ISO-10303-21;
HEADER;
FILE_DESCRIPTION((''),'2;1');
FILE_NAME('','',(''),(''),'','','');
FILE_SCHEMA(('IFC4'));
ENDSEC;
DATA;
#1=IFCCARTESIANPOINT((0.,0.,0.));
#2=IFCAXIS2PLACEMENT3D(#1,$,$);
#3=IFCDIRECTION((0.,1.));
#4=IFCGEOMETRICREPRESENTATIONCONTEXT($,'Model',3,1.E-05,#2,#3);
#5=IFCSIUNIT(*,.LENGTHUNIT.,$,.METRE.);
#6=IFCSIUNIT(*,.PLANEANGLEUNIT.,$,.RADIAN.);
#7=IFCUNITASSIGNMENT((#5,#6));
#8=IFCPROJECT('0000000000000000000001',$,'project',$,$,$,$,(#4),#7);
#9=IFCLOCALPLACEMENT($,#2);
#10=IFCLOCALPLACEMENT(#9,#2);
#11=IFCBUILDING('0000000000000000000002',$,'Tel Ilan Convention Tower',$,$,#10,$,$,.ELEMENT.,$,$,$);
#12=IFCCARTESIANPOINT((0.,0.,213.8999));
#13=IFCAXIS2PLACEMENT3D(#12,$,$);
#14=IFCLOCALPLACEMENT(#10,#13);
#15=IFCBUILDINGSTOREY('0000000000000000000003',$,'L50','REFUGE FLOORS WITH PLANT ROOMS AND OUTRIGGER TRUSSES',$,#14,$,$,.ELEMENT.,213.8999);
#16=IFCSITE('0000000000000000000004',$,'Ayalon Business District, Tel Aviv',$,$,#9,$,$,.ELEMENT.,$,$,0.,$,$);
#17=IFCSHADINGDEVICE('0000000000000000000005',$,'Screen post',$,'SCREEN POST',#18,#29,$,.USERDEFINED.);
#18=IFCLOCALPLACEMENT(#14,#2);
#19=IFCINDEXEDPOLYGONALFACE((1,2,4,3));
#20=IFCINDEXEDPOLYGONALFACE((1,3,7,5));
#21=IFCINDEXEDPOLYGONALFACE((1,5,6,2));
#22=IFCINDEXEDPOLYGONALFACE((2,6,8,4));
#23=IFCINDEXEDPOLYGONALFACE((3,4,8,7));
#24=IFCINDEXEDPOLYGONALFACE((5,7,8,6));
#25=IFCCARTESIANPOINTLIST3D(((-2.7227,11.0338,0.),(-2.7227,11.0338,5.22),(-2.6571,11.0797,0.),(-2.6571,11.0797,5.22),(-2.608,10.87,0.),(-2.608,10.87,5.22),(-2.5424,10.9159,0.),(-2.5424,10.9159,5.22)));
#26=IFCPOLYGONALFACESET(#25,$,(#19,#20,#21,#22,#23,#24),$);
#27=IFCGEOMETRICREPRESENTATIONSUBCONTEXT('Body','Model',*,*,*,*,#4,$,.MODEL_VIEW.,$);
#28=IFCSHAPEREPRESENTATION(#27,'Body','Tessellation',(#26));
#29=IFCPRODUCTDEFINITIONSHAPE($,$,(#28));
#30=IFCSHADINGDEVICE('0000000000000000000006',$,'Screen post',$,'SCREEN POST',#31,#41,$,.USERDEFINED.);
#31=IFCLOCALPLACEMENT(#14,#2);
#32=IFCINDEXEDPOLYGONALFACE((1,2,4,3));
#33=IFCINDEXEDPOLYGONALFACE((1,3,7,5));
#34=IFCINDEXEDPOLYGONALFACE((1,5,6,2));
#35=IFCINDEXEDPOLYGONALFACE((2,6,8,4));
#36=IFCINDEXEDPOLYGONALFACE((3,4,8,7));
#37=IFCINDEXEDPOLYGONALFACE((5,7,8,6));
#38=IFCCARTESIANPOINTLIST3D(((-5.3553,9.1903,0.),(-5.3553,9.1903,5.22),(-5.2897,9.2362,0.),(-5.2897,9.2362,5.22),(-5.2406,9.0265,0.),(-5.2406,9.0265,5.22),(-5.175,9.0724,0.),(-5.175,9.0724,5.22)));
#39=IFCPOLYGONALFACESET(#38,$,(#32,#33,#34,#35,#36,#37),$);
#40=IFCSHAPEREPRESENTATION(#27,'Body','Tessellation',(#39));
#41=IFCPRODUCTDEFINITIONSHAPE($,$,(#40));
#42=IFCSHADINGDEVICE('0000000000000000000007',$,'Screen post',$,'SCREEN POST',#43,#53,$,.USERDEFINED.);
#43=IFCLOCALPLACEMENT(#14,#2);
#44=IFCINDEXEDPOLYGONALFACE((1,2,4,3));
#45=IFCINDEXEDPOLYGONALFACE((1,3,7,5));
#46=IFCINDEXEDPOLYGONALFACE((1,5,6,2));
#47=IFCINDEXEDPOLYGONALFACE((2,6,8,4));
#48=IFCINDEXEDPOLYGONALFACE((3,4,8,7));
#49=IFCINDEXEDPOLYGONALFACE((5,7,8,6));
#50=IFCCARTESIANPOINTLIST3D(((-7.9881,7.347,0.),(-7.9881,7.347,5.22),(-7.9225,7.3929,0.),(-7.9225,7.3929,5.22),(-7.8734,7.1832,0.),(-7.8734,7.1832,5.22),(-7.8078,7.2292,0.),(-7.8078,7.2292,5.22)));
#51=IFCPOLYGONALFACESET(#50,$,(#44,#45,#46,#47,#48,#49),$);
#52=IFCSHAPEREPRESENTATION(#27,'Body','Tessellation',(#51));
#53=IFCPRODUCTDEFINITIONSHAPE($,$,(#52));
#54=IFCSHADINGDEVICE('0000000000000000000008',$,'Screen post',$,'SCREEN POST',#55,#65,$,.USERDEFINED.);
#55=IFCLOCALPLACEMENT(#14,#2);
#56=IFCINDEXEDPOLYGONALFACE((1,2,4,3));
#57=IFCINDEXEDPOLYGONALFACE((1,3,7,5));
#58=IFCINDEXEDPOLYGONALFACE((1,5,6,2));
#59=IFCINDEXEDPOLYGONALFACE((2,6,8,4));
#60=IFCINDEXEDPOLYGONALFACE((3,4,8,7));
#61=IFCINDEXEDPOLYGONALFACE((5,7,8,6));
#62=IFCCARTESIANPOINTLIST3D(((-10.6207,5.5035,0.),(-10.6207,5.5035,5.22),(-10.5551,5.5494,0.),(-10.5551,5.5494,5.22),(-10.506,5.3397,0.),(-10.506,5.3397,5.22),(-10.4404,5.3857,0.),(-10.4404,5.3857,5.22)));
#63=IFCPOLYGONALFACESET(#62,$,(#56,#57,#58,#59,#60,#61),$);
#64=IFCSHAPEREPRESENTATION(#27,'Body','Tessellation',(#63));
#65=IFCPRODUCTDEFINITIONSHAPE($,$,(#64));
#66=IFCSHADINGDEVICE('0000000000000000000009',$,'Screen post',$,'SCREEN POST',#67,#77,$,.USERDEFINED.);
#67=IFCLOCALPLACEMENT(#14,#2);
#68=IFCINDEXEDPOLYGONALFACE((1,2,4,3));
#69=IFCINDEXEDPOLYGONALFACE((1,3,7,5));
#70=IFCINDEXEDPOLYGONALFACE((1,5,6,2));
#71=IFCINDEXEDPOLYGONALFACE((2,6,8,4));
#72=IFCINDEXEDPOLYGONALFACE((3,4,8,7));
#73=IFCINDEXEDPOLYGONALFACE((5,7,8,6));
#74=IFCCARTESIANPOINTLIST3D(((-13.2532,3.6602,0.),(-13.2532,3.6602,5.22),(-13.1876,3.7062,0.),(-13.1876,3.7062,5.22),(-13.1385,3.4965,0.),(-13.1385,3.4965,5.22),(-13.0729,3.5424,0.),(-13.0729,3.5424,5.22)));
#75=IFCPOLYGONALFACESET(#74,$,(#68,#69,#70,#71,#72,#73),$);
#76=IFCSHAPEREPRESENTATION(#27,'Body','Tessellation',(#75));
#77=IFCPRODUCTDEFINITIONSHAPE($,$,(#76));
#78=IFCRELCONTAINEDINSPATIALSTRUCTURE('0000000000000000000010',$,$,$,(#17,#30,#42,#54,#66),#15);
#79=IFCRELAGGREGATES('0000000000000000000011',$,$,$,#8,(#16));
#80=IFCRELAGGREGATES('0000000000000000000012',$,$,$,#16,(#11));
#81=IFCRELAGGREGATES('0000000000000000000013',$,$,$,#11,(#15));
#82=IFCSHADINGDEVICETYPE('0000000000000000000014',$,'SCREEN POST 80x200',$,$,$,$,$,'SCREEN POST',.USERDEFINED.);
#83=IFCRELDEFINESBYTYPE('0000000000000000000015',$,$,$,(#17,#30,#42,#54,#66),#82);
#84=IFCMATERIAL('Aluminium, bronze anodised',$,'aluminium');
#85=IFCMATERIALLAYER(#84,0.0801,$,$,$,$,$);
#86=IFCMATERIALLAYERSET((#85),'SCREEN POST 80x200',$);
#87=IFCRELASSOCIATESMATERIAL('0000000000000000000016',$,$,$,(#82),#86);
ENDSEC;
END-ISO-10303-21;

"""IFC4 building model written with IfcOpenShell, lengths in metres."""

from ifc_helpers import new_model, si_unit, direction, frame, origin, origin_2d, place, context, subcontext, project, spatial, rectangle, extrude, material, layer, layer_set, type_object, element, save


model = new_model("IFC4")

# Units and contexts
model_context = context("Model", 3, precision=1e-05, world=origin(), true_north=direction((0.0, 1.0)))
body_context = subcontext(model_context, "Body", "Model", "MODEL_VIEW")
ifc_project = project(units=[si_unit("LENGTHUNIT", "METRE"), si_unit("PLANEANGLEUNIT", "RADIAN")], contexts=[model_context])

# Site, building, storey
site_placement = place(None, origin())
site = spatial("IfcSite", under=ifc_project, at=site_placement, Name="Ayalon Business District, Tel Aviv", CompositionType="ELEMENT", RefElevation=0.0)
building_placement = place(site_placement, origin())
building = spatial("IfcBuilding", under=site, at=building_placement, Name="Tel Ilan Convention Tower", CompositionType="ELEMENT")
storey_placement = place(building_placement, frame((0.0, 0.0, 213.8999)))
storey = spatial("IfcBuildingStorey", under=building, at=storey_placement, Name="L50", Description="REFUGE FLOORS WITH PLANT ROOMS AND OUTRIGGER TRUSSES", CompositionType="ELEMENT", Elevation=213.8999)

# Shading devices
ifc_material_1 = material(Name="Aluminium, bronze anodised", Category="aluminium")
ifc_layer_1 = layer(ifc_material_1, 0.0801)
ifc_layer_set_1 = layer_set([ifc_layer_1], Name="SCREEN POST 80x200")
shading_device_type_1 = type_object("IfcShadingDeviceType", Name="SCREEN POST 80x200", ElementType="SCREEN POST", PredefinedType="USERDEFINED", material=ifc_layer_set_1)
for number, where, z_axis, x_axis, name in (
    (1, (-2.6326, 10.9749, 0.0), (0.0, 0.0, 1.0), (-0.819152, -0.573576, 0.0), "Screen post"),
    (2, (-5.2651, 9.1313, 0.0), (0.0, 0.0, 1.0), (-0.819152, -0.573576, 0.0), "Screen post"),
    (3, (-7.8979, 7.2881, 0.0), (0.0, 0.0, 1.0), (-0.819152, -0.573576, 0.0), "Screen post"),
    (4, (-10.5305, 5.4446, 0.0), (0.0, 0.0, 1.0), (-0.819152, -0.573576, 0.0), "Screen post"),
    (5, (-13.1631, 3.6013, 0.0), (0.0, 0.0, 1.0), (-0.819152, -0.573576, 0.0), "Screen post"),
):
    element("IfcShadingDevice", number, at=place(storey_placement, frame(where, z_axis=z_axis, x_axis=x_axis)), inside=storey, type_object=shading_device_type_1, Name=name, ObjectType="SCREEN POST", PredefinedType="USERDEFINED", context=body_context, shape_type="SweptSolid", body=[
        extrude(rectangle(XDim=0.0801, YDim=0.2, at=origin_2d()), origin(), (0.0, 0.0, 1.0), 5.22),
    ])

save(model, "model.ifc")
